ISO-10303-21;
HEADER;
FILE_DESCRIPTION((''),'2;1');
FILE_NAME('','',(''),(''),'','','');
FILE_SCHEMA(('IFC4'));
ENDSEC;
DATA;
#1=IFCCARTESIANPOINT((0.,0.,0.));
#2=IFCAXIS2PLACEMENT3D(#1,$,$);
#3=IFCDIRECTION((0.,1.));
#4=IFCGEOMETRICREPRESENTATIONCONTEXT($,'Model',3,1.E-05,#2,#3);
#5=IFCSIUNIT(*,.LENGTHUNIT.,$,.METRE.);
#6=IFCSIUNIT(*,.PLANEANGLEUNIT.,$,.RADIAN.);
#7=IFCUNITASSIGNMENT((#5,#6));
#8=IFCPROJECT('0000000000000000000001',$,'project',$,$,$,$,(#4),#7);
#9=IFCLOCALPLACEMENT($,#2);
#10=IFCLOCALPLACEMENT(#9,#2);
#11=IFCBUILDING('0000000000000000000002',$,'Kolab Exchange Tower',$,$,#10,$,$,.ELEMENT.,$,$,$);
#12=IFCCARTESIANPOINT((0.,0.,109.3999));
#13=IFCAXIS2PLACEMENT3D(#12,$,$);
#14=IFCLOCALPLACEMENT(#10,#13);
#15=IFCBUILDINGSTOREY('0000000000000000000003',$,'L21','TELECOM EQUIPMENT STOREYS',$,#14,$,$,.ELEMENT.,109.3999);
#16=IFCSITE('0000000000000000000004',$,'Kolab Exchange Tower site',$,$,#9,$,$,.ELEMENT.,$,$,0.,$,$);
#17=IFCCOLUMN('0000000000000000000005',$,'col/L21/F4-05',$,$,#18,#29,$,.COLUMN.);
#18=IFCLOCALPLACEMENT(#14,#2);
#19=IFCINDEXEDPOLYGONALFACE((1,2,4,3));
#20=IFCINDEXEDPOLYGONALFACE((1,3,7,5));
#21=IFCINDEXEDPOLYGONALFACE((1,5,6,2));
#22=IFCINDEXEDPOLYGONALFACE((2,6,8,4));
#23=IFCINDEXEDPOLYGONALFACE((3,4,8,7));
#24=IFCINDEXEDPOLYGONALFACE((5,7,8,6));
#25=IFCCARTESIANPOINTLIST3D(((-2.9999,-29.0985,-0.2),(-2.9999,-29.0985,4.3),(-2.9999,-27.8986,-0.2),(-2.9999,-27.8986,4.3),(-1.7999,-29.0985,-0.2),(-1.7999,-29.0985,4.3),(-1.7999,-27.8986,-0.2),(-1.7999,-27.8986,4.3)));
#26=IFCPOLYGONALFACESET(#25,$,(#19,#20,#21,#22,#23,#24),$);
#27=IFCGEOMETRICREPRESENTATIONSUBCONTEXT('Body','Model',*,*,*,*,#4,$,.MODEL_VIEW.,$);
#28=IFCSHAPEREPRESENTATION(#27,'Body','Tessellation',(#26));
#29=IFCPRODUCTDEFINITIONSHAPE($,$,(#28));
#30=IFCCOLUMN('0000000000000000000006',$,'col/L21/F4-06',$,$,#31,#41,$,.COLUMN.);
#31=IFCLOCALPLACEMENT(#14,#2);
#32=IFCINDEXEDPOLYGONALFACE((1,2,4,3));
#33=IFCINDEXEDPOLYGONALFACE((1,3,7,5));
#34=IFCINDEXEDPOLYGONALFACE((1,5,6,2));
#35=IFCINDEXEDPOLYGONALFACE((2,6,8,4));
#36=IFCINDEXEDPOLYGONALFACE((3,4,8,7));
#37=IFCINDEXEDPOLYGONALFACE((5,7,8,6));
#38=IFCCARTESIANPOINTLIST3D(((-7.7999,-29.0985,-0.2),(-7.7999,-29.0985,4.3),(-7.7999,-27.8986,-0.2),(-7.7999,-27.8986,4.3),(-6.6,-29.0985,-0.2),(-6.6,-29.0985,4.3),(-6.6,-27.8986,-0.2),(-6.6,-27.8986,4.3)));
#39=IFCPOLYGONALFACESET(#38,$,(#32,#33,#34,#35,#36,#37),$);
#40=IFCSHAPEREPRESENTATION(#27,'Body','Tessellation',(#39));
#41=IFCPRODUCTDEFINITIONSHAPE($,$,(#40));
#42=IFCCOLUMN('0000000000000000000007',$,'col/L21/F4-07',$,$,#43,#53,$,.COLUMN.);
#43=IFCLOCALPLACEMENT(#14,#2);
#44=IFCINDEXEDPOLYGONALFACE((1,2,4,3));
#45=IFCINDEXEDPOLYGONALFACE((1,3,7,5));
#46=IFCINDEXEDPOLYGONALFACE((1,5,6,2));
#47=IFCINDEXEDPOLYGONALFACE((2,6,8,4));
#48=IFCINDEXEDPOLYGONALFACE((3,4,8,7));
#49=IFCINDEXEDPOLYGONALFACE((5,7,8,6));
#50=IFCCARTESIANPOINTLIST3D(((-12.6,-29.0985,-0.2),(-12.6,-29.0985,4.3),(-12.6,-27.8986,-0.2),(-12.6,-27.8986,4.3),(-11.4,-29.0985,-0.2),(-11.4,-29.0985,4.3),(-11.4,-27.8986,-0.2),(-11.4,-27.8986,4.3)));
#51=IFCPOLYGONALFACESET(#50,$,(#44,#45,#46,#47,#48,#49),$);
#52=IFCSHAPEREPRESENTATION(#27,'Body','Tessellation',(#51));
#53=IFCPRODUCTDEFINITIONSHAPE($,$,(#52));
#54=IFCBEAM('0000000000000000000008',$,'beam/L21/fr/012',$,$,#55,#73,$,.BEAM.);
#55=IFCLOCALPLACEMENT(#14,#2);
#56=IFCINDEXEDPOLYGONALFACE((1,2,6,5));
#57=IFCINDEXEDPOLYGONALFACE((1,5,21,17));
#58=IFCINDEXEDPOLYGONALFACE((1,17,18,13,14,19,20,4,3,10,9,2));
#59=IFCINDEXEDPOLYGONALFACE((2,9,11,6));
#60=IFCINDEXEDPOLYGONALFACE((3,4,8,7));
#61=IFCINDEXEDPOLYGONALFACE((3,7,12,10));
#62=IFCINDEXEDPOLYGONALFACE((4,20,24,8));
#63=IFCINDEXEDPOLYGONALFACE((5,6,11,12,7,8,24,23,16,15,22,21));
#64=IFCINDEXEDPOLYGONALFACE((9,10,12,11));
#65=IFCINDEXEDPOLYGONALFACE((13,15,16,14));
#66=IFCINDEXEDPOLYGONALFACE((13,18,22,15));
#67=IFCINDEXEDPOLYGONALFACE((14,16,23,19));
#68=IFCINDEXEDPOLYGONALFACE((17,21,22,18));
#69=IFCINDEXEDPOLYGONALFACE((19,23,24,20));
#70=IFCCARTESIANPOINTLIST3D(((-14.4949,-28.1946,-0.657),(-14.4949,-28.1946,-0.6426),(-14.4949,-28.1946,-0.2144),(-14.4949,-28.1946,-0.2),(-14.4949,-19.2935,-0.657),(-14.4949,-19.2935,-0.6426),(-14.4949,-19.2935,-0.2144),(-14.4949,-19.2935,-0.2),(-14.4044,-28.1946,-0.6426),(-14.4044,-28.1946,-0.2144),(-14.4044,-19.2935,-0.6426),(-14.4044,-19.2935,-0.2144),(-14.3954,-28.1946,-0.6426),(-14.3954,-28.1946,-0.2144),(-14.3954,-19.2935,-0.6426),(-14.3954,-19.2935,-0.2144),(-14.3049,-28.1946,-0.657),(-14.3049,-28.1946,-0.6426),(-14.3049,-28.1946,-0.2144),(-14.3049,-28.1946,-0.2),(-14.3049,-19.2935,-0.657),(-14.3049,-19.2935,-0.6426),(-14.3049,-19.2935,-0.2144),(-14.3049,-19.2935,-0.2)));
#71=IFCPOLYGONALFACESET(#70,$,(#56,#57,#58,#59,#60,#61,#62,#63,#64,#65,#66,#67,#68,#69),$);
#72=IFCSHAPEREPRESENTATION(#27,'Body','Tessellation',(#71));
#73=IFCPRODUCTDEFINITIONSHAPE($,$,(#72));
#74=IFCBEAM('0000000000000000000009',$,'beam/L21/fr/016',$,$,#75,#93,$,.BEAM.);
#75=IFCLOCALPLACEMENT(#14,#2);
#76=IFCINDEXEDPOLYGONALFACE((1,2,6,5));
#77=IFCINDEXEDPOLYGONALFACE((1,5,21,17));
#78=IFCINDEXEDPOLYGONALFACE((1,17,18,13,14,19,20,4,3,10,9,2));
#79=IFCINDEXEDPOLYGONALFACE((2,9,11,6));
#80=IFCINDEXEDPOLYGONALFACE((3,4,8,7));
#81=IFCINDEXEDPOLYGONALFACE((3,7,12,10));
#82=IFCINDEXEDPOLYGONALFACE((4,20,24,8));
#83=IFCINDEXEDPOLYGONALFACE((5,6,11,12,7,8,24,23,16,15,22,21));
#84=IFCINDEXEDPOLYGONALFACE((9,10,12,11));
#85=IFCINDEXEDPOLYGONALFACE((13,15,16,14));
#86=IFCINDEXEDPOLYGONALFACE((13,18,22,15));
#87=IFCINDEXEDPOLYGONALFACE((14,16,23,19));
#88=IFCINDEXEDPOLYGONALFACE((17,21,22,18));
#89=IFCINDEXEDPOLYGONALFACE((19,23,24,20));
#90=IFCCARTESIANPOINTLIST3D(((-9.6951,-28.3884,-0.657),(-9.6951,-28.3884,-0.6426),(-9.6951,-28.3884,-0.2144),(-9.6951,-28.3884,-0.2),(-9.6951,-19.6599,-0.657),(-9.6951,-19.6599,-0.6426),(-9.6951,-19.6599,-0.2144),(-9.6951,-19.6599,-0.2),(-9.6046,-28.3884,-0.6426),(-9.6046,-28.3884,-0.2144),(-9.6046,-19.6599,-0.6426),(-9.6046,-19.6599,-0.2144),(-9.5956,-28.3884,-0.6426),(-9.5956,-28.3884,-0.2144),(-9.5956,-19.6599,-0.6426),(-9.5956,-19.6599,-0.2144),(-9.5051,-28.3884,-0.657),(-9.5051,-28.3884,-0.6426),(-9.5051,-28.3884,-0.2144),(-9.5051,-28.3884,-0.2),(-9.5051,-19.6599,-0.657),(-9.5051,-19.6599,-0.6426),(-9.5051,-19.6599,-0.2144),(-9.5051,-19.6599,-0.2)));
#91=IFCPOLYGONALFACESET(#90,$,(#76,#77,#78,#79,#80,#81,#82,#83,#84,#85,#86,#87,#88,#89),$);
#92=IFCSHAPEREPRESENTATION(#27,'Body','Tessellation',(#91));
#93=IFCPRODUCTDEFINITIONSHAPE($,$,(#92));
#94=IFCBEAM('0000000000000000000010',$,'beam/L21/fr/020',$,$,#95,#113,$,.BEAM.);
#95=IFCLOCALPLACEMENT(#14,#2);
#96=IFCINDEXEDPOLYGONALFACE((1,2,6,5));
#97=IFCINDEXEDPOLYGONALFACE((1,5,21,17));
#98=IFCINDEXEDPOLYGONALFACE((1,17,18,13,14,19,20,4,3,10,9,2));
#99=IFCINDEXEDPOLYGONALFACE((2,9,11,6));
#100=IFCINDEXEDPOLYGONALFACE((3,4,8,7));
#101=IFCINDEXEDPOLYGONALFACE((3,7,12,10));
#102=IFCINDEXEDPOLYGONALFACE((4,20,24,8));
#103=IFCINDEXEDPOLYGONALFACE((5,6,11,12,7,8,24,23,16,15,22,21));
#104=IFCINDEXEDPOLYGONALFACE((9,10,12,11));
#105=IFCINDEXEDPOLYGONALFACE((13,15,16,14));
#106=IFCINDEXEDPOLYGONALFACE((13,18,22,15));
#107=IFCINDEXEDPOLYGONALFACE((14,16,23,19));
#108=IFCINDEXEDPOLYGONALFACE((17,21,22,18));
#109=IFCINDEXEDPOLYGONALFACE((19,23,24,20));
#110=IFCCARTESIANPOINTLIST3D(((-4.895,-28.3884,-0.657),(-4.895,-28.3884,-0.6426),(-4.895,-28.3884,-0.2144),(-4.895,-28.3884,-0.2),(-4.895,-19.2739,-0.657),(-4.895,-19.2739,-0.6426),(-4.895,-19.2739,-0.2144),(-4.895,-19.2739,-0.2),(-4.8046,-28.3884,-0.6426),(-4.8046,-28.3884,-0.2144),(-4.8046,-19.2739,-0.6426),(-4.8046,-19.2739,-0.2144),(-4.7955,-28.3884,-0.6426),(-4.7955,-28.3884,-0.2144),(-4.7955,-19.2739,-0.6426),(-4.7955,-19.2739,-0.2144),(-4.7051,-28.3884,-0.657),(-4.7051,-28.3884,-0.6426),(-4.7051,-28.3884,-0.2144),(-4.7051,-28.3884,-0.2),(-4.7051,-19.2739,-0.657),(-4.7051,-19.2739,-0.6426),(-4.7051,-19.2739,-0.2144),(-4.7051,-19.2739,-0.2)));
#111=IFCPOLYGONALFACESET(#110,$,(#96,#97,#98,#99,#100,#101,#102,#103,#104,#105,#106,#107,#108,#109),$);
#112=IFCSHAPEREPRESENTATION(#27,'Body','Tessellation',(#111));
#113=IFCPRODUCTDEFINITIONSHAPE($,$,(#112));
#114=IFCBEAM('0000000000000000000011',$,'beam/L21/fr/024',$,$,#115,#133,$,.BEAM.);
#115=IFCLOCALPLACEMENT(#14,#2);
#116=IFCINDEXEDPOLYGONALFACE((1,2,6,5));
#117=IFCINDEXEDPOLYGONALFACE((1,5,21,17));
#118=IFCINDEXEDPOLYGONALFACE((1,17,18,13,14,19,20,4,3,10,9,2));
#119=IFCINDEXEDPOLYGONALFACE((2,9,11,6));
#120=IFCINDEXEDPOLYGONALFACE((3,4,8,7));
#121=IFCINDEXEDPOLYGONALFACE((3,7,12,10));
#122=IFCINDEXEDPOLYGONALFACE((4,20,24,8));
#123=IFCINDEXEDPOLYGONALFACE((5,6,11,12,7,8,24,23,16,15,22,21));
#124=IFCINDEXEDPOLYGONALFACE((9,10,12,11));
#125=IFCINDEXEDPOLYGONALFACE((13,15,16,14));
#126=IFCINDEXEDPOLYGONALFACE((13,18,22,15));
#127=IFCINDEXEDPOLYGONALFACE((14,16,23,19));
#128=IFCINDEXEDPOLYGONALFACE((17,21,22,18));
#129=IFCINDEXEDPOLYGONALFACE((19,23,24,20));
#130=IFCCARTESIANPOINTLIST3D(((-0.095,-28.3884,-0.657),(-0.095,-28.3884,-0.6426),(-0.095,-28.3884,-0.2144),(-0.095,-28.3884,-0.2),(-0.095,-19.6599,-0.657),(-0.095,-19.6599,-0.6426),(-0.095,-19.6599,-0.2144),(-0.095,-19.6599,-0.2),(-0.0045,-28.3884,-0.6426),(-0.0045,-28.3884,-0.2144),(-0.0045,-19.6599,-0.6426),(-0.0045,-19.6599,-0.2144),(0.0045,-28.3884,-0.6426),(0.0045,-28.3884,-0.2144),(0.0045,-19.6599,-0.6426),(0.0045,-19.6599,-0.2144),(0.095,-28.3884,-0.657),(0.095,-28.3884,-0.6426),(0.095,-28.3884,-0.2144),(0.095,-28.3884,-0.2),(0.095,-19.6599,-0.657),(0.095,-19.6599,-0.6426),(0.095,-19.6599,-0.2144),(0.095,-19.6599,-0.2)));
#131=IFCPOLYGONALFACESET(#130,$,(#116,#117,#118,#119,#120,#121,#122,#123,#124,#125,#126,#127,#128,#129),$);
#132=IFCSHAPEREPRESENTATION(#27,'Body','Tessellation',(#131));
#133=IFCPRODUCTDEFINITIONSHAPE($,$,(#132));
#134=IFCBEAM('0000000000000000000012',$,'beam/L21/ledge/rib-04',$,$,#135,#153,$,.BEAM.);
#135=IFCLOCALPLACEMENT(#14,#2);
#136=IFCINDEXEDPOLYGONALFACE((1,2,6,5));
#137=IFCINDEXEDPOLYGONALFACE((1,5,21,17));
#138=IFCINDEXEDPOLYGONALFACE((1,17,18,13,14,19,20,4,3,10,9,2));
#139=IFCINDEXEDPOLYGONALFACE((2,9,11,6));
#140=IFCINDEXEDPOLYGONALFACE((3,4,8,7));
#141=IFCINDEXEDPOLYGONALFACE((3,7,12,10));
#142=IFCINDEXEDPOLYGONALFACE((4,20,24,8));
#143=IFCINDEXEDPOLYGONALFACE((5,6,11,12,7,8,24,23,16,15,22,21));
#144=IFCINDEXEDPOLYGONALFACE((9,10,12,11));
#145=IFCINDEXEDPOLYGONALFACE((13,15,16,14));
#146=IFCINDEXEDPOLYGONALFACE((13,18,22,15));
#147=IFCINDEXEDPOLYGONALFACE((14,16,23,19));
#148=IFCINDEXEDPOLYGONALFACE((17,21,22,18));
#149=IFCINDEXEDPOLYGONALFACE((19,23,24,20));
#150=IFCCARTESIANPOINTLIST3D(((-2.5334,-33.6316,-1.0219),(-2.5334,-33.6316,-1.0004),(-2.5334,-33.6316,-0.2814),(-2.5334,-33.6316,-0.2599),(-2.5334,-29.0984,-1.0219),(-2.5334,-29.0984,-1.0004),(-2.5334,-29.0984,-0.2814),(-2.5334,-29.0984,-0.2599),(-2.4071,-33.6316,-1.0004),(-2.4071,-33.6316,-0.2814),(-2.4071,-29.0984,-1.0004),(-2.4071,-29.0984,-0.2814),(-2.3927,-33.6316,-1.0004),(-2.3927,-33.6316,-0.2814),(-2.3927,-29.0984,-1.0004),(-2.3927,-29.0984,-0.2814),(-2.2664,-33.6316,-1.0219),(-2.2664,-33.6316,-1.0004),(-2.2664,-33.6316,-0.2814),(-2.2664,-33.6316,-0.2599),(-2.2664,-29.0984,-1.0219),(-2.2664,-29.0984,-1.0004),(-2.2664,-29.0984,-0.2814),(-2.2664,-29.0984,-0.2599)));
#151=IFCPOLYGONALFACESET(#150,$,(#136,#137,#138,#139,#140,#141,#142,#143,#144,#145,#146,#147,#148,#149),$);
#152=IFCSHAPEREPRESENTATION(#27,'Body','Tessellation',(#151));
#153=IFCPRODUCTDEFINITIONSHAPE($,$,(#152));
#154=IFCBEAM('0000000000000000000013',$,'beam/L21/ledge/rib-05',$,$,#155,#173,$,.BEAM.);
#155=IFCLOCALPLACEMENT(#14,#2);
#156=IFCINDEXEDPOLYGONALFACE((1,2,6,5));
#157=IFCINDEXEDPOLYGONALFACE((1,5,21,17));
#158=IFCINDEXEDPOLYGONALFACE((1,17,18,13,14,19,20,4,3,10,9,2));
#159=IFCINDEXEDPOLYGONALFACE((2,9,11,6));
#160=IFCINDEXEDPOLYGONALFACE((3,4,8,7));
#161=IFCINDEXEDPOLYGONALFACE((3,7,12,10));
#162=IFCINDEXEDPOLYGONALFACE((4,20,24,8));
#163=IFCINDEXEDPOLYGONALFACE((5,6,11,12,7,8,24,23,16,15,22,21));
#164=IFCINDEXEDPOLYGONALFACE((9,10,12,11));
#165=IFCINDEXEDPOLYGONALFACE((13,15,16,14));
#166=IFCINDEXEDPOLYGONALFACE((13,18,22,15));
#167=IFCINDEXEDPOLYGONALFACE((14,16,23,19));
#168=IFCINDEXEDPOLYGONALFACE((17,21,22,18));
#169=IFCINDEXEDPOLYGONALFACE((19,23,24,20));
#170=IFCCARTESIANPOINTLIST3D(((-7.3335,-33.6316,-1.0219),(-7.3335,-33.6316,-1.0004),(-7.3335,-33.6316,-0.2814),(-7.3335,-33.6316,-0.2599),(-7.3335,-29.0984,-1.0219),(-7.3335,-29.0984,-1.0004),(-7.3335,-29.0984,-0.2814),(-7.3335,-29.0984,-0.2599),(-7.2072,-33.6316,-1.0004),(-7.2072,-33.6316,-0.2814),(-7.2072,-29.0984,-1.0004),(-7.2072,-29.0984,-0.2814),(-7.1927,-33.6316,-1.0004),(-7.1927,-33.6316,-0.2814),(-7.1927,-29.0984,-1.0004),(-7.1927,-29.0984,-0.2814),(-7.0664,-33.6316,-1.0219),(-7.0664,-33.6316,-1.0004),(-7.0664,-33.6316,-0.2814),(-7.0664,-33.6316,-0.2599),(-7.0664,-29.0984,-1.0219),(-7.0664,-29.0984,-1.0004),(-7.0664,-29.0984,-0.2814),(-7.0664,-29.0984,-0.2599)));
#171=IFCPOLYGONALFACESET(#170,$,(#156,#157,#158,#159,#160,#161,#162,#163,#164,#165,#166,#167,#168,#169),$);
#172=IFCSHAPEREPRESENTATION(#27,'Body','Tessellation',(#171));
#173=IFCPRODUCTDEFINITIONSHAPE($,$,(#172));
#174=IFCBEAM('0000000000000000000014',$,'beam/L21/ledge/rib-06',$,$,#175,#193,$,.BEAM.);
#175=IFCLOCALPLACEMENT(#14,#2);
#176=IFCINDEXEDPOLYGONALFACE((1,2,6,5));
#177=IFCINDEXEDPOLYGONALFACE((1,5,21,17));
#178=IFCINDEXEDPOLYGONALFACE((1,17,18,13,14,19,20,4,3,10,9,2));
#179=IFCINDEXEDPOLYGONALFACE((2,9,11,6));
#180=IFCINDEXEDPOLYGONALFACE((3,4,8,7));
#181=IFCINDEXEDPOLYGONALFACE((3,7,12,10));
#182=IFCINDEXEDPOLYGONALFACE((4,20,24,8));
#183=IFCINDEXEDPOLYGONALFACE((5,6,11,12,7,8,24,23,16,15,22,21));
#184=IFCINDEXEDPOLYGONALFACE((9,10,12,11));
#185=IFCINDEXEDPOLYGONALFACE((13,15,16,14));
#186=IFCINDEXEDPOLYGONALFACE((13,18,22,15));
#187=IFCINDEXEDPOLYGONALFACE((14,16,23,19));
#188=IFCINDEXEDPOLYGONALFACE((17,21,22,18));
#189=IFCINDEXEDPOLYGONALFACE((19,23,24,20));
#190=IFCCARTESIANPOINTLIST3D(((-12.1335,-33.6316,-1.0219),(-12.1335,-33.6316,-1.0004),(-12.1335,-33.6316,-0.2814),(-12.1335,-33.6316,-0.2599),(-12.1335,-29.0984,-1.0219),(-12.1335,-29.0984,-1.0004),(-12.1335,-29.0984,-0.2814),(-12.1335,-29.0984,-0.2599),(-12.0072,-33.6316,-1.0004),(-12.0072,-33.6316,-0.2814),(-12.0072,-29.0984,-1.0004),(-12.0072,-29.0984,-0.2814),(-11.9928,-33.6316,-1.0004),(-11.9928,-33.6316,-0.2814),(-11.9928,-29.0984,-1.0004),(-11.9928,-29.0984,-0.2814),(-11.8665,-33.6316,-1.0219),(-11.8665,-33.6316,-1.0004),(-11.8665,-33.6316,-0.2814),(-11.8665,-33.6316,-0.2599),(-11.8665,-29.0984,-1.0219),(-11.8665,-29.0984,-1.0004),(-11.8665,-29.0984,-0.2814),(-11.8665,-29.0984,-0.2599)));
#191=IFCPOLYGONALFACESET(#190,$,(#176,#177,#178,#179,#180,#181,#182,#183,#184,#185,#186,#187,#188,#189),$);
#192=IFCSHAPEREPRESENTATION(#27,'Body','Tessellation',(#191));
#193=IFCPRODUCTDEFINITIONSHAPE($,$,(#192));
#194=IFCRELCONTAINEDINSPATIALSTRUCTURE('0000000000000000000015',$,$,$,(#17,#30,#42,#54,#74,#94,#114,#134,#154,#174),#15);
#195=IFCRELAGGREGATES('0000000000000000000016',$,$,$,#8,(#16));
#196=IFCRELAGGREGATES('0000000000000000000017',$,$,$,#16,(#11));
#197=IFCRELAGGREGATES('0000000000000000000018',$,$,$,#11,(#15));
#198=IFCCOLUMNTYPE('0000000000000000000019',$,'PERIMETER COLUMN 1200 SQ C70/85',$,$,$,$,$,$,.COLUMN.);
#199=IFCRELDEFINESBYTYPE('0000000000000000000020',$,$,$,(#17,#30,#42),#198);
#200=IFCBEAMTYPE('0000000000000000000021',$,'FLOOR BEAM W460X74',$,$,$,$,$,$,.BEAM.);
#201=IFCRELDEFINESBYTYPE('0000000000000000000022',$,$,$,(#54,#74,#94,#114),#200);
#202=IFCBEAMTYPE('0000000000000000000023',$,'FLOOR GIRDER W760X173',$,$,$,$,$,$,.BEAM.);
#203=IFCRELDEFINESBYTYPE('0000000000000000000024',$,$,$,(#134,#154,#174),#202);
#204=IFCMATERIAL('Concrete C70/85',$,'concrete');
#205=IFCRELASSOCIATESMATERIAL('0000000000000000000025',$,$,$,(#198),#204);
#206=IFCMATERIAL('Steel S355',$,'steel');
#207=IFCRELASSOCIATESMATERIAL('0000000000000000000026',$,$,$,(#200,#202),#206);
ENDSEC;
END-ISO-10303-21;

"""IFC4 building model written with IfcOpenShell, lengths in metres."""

from ifc_helpers import new_model, si_unit, direction, frame, origin, origin_2d, place, context, subcontext, project, spatial, rectangle, i_section, extrude, material, material_profile, profile_set, type_object, element, save


model = new_model("IFC4")

# Units and contexts
model_context = context("Model", 3, precision=1e-05, world=origin(), true_north=direction((0.0, 1.0)))
body_context = subcontext(model_context, "Body", "Model", "MODEL_VIEW")
ifc_project = project(units=[si_unit("LENGTHUNIT", "METRE"), si_unit("PLANEANGLEUNIT", "RADIAN")], contexts=[model_context])

# Site, building, storey
site_placement = place(None, origin())
site = spatial("IfcSite", under=ifc_project, at=site_placement, Name="Kolab Exchange Tower site", CompositionType="ELEMENT", RefElevation=0.0)
building_placement = place(site_placement, origin())
building = spatial("IfcBuilding", under=site, at=building_placement, Name="Kolab Exchange Tower", CompositionType="ELEMENT")
storey_placement = place(building_placement, frame((0.0, 0.0, 109.3999)))
storey = spatial("IfcBuildingStorey", under=building, at=storey_placement, Name="L21", Description="TELECOM EQUIPMENT STOREYS", CompositionType="ELEMENT", Elevation=109.3999)

# Columns
ifc_material_1 = material(Name="Concrete C70/85", Category="concrete")
ifc_material_profile_1 = material_profile(ifc_material_1, rectangle(XDim=1.2, YDim=1.2, at=origin_2d()), Name="RC1200")
ifc_profile_set_1 = profile_set([ifc_material_profile_1], Name="Concrete C70/85")
column_type = type_object("IfcColumnType", Name="PERIMETER COLUMN 1200 SQ C70/85", PredefinedType="COLUMN", material=ifc_profile_set_1)
for number, where, z_axis, x_axis, name in (
    (1, (-2.3999, -28.4985, -0.2), (0.0, 0.0, 1.0), (1.0, 0.0, 0.0), "col/L21/F4-05"),
    (2, (-7.2, -28.4985, -0.2), (0.0, 0.0, 1.0), (1.0, 0.0, 0.0), "col/L21/F4-06"),
    (3, (-12.0, -28.4985, -0.2), (0.0, 0.0, 1.0), (1.0, 0.0, 0.0), "col/L21/F4-07"),
):
    element("IfcColumn", number, at=place(storey_placement, frame(where, z_axis=z_axis, x_axis=x_axis)), inside=storey, type_object=column_type, Name=name, PredefinedType="COLUMN", context=body_context, shape_type="SweptSolid", body=[
        extrude(rectangle(XDim=1.2, YDim=1.2, at=origin_2d()), origin(), (0.0, 0.0, 1.0), 4.5),
    ])

# Beams
ifc_material_2 = material(Name="Steel S355", Category="steel")
ifc_material_profile_2 = material_profile(ifc_material_2, i_section(OverallWidth=0.1899, OverallDepth=0.457, WebThickness=0.009, FlangeThickness=0.0144, at=origin_2d()), Name="W460X74")
ifc_profile_set_2 = profile_set([ifc_material_profile_2], Name="Steel S355")
beam_type_1 = type_object("IfcBeamType", Name="FLOOR BEAM W460X74", PredefinedType="BEAM", material=ifc_profile_set_2)
beam_1_placement = place(storey_placement, frame((-14.3999, -28.1946, -0.4285), z_axis=(0.0, 1.0, 0.0), x_axis=(-1.0, 0.0, 0.0)))
element("IfcBeam", 4, at=beam_1_placement, inside=storey, type_object=beam_type_1, Name="beam/L21/fr/012", PredefinedType="BEAM", context=body_context, shape_type="SweptSolid", body=[
    extrude(i_section(OverallWidth=0.1899, OverallDepth=0.457, WebThickness=0.009, FlangeThickness=0.0144, at=origin_2d()), origin(), (0.0, 0.0, 1.0), 8.9011),
])
beam_2_placement = place(storey_placement, frame((-9.6001, -28.3884, -0.4285), z_axis=(0.0, 1.0, 0.0), x_axis=(-1.0, 0.0, 0.0)))
element("IfcBeam", 5, at=beam_2_placement, inside=storey, type_object=beam_type_1, Name="beam/L21/fr/016", PredefinedType="BEAM", context=body_context, shape_type="SweptSolid", body=[
    extrude(i_section(OverallWidth=0.1899, OverallDepth=0.457, WebThickness=0.009, FlangeThickness=0.0144, at=origin_2d()), origin(), (0.0, 0.0, 1.0), 8.7285),
])
beam_3_placement = place(storey_placement, frame((-4.8, -28.3884, -0.4285), z_axis=(0.0, 1.0, 0.0), x_axis=(-1.0, 0.0, 0.0)))
element("IfcBeam", 6, at=beam_3_placement, inside=storey, type_object=beam_type_1, Name="beam/L21/fr/020", PredefinedType="BEAM", context=body_context, shape_type="SweptSolid", body=[
    extrude(i_section(OverallWidth=0.1899, OverallDepth=0.457, WebThickness=0.009, FlangeThickness=0.0144, at=origin_2d()), origin(), (0.0, 0.0, 1.0), 9.1145),
])
beam_4_placement = place(storey_placement, frame((0.0, -28.3884, -0.4285), z_axis=(0.0, 1.0, 0.0), x_axis=(-1.0, 0.0, 0.0)))
element("IfcBeam", 7, at=beam_4_placement, inside=storey, type_object=beam_type_1, Name="beam/L21/fr/024", PredefinedType="BEAM", context=body_context, shape_type="SweptSolid", body=[
    extrude(i_section(OverallWidth=0.1899, OverallDepth=0.457, WebThickness=0.009, FlangeThickness=0.0144, at=origin_2d()), origin(), (0.0, 0.0, 1.0), 8.7285),
])
ifc_material_profile_3 = material_profile(ifc_material_2, i_section(OverallWidth=0.2671, OverallDepth=0.762, WebThickness=0.0144, FlangeThickness=0.0215, at=origin_2d()), Name="W760X173")
ifc_profile_set_3 = profile_set([ifc_material_profile_3], Name="Steel S355")
beam_type_2 = type_object("IfcBeamType", Name="FLOOR GIRDER W760X173", PredefinedType="BEAM", material=ifc_profile_set_3)
for number, where, z_axis, x_axis, name in (
    (8, (-2.3999, -29.0984, -0.6409), (0.0, -1.0, 0.0), (1.0, 0.0, 0.0), "beam/L21/ledge/rib-04"),
    (9, (-7.2, -29.0984, -0.6409), (0.0, -1.0, 0.0), (1.0, 0.0, 0.0), "beam/L21/ledge/rib-05"),
    (10, (-12.0, -29.0984, -0.6409), (0.0, -1.0, 0.0), (1.0, 0.0, 0.0), "beam/L21/ledge/rib-06"),
):
    element("IfcBeam", number, at=place(storey_placement, frame(where, z_axis=z_axis, x_axis=x_axis)), inside=storey, type_object=beam_type_2, Name=name, PredefinedType="BEAM", context=body_context, shape_type="SweptSolid", body=[
        extrude(i_section(OverallWidth=0.2671, OverallDepth=0.762, WebThickness=0.0144, FlangeThickness=0.0215, at=origin_2d()), origin(), (0.0, 0.0, 1.0), 4.5332),
    ])

save(model, "model.ifc")
